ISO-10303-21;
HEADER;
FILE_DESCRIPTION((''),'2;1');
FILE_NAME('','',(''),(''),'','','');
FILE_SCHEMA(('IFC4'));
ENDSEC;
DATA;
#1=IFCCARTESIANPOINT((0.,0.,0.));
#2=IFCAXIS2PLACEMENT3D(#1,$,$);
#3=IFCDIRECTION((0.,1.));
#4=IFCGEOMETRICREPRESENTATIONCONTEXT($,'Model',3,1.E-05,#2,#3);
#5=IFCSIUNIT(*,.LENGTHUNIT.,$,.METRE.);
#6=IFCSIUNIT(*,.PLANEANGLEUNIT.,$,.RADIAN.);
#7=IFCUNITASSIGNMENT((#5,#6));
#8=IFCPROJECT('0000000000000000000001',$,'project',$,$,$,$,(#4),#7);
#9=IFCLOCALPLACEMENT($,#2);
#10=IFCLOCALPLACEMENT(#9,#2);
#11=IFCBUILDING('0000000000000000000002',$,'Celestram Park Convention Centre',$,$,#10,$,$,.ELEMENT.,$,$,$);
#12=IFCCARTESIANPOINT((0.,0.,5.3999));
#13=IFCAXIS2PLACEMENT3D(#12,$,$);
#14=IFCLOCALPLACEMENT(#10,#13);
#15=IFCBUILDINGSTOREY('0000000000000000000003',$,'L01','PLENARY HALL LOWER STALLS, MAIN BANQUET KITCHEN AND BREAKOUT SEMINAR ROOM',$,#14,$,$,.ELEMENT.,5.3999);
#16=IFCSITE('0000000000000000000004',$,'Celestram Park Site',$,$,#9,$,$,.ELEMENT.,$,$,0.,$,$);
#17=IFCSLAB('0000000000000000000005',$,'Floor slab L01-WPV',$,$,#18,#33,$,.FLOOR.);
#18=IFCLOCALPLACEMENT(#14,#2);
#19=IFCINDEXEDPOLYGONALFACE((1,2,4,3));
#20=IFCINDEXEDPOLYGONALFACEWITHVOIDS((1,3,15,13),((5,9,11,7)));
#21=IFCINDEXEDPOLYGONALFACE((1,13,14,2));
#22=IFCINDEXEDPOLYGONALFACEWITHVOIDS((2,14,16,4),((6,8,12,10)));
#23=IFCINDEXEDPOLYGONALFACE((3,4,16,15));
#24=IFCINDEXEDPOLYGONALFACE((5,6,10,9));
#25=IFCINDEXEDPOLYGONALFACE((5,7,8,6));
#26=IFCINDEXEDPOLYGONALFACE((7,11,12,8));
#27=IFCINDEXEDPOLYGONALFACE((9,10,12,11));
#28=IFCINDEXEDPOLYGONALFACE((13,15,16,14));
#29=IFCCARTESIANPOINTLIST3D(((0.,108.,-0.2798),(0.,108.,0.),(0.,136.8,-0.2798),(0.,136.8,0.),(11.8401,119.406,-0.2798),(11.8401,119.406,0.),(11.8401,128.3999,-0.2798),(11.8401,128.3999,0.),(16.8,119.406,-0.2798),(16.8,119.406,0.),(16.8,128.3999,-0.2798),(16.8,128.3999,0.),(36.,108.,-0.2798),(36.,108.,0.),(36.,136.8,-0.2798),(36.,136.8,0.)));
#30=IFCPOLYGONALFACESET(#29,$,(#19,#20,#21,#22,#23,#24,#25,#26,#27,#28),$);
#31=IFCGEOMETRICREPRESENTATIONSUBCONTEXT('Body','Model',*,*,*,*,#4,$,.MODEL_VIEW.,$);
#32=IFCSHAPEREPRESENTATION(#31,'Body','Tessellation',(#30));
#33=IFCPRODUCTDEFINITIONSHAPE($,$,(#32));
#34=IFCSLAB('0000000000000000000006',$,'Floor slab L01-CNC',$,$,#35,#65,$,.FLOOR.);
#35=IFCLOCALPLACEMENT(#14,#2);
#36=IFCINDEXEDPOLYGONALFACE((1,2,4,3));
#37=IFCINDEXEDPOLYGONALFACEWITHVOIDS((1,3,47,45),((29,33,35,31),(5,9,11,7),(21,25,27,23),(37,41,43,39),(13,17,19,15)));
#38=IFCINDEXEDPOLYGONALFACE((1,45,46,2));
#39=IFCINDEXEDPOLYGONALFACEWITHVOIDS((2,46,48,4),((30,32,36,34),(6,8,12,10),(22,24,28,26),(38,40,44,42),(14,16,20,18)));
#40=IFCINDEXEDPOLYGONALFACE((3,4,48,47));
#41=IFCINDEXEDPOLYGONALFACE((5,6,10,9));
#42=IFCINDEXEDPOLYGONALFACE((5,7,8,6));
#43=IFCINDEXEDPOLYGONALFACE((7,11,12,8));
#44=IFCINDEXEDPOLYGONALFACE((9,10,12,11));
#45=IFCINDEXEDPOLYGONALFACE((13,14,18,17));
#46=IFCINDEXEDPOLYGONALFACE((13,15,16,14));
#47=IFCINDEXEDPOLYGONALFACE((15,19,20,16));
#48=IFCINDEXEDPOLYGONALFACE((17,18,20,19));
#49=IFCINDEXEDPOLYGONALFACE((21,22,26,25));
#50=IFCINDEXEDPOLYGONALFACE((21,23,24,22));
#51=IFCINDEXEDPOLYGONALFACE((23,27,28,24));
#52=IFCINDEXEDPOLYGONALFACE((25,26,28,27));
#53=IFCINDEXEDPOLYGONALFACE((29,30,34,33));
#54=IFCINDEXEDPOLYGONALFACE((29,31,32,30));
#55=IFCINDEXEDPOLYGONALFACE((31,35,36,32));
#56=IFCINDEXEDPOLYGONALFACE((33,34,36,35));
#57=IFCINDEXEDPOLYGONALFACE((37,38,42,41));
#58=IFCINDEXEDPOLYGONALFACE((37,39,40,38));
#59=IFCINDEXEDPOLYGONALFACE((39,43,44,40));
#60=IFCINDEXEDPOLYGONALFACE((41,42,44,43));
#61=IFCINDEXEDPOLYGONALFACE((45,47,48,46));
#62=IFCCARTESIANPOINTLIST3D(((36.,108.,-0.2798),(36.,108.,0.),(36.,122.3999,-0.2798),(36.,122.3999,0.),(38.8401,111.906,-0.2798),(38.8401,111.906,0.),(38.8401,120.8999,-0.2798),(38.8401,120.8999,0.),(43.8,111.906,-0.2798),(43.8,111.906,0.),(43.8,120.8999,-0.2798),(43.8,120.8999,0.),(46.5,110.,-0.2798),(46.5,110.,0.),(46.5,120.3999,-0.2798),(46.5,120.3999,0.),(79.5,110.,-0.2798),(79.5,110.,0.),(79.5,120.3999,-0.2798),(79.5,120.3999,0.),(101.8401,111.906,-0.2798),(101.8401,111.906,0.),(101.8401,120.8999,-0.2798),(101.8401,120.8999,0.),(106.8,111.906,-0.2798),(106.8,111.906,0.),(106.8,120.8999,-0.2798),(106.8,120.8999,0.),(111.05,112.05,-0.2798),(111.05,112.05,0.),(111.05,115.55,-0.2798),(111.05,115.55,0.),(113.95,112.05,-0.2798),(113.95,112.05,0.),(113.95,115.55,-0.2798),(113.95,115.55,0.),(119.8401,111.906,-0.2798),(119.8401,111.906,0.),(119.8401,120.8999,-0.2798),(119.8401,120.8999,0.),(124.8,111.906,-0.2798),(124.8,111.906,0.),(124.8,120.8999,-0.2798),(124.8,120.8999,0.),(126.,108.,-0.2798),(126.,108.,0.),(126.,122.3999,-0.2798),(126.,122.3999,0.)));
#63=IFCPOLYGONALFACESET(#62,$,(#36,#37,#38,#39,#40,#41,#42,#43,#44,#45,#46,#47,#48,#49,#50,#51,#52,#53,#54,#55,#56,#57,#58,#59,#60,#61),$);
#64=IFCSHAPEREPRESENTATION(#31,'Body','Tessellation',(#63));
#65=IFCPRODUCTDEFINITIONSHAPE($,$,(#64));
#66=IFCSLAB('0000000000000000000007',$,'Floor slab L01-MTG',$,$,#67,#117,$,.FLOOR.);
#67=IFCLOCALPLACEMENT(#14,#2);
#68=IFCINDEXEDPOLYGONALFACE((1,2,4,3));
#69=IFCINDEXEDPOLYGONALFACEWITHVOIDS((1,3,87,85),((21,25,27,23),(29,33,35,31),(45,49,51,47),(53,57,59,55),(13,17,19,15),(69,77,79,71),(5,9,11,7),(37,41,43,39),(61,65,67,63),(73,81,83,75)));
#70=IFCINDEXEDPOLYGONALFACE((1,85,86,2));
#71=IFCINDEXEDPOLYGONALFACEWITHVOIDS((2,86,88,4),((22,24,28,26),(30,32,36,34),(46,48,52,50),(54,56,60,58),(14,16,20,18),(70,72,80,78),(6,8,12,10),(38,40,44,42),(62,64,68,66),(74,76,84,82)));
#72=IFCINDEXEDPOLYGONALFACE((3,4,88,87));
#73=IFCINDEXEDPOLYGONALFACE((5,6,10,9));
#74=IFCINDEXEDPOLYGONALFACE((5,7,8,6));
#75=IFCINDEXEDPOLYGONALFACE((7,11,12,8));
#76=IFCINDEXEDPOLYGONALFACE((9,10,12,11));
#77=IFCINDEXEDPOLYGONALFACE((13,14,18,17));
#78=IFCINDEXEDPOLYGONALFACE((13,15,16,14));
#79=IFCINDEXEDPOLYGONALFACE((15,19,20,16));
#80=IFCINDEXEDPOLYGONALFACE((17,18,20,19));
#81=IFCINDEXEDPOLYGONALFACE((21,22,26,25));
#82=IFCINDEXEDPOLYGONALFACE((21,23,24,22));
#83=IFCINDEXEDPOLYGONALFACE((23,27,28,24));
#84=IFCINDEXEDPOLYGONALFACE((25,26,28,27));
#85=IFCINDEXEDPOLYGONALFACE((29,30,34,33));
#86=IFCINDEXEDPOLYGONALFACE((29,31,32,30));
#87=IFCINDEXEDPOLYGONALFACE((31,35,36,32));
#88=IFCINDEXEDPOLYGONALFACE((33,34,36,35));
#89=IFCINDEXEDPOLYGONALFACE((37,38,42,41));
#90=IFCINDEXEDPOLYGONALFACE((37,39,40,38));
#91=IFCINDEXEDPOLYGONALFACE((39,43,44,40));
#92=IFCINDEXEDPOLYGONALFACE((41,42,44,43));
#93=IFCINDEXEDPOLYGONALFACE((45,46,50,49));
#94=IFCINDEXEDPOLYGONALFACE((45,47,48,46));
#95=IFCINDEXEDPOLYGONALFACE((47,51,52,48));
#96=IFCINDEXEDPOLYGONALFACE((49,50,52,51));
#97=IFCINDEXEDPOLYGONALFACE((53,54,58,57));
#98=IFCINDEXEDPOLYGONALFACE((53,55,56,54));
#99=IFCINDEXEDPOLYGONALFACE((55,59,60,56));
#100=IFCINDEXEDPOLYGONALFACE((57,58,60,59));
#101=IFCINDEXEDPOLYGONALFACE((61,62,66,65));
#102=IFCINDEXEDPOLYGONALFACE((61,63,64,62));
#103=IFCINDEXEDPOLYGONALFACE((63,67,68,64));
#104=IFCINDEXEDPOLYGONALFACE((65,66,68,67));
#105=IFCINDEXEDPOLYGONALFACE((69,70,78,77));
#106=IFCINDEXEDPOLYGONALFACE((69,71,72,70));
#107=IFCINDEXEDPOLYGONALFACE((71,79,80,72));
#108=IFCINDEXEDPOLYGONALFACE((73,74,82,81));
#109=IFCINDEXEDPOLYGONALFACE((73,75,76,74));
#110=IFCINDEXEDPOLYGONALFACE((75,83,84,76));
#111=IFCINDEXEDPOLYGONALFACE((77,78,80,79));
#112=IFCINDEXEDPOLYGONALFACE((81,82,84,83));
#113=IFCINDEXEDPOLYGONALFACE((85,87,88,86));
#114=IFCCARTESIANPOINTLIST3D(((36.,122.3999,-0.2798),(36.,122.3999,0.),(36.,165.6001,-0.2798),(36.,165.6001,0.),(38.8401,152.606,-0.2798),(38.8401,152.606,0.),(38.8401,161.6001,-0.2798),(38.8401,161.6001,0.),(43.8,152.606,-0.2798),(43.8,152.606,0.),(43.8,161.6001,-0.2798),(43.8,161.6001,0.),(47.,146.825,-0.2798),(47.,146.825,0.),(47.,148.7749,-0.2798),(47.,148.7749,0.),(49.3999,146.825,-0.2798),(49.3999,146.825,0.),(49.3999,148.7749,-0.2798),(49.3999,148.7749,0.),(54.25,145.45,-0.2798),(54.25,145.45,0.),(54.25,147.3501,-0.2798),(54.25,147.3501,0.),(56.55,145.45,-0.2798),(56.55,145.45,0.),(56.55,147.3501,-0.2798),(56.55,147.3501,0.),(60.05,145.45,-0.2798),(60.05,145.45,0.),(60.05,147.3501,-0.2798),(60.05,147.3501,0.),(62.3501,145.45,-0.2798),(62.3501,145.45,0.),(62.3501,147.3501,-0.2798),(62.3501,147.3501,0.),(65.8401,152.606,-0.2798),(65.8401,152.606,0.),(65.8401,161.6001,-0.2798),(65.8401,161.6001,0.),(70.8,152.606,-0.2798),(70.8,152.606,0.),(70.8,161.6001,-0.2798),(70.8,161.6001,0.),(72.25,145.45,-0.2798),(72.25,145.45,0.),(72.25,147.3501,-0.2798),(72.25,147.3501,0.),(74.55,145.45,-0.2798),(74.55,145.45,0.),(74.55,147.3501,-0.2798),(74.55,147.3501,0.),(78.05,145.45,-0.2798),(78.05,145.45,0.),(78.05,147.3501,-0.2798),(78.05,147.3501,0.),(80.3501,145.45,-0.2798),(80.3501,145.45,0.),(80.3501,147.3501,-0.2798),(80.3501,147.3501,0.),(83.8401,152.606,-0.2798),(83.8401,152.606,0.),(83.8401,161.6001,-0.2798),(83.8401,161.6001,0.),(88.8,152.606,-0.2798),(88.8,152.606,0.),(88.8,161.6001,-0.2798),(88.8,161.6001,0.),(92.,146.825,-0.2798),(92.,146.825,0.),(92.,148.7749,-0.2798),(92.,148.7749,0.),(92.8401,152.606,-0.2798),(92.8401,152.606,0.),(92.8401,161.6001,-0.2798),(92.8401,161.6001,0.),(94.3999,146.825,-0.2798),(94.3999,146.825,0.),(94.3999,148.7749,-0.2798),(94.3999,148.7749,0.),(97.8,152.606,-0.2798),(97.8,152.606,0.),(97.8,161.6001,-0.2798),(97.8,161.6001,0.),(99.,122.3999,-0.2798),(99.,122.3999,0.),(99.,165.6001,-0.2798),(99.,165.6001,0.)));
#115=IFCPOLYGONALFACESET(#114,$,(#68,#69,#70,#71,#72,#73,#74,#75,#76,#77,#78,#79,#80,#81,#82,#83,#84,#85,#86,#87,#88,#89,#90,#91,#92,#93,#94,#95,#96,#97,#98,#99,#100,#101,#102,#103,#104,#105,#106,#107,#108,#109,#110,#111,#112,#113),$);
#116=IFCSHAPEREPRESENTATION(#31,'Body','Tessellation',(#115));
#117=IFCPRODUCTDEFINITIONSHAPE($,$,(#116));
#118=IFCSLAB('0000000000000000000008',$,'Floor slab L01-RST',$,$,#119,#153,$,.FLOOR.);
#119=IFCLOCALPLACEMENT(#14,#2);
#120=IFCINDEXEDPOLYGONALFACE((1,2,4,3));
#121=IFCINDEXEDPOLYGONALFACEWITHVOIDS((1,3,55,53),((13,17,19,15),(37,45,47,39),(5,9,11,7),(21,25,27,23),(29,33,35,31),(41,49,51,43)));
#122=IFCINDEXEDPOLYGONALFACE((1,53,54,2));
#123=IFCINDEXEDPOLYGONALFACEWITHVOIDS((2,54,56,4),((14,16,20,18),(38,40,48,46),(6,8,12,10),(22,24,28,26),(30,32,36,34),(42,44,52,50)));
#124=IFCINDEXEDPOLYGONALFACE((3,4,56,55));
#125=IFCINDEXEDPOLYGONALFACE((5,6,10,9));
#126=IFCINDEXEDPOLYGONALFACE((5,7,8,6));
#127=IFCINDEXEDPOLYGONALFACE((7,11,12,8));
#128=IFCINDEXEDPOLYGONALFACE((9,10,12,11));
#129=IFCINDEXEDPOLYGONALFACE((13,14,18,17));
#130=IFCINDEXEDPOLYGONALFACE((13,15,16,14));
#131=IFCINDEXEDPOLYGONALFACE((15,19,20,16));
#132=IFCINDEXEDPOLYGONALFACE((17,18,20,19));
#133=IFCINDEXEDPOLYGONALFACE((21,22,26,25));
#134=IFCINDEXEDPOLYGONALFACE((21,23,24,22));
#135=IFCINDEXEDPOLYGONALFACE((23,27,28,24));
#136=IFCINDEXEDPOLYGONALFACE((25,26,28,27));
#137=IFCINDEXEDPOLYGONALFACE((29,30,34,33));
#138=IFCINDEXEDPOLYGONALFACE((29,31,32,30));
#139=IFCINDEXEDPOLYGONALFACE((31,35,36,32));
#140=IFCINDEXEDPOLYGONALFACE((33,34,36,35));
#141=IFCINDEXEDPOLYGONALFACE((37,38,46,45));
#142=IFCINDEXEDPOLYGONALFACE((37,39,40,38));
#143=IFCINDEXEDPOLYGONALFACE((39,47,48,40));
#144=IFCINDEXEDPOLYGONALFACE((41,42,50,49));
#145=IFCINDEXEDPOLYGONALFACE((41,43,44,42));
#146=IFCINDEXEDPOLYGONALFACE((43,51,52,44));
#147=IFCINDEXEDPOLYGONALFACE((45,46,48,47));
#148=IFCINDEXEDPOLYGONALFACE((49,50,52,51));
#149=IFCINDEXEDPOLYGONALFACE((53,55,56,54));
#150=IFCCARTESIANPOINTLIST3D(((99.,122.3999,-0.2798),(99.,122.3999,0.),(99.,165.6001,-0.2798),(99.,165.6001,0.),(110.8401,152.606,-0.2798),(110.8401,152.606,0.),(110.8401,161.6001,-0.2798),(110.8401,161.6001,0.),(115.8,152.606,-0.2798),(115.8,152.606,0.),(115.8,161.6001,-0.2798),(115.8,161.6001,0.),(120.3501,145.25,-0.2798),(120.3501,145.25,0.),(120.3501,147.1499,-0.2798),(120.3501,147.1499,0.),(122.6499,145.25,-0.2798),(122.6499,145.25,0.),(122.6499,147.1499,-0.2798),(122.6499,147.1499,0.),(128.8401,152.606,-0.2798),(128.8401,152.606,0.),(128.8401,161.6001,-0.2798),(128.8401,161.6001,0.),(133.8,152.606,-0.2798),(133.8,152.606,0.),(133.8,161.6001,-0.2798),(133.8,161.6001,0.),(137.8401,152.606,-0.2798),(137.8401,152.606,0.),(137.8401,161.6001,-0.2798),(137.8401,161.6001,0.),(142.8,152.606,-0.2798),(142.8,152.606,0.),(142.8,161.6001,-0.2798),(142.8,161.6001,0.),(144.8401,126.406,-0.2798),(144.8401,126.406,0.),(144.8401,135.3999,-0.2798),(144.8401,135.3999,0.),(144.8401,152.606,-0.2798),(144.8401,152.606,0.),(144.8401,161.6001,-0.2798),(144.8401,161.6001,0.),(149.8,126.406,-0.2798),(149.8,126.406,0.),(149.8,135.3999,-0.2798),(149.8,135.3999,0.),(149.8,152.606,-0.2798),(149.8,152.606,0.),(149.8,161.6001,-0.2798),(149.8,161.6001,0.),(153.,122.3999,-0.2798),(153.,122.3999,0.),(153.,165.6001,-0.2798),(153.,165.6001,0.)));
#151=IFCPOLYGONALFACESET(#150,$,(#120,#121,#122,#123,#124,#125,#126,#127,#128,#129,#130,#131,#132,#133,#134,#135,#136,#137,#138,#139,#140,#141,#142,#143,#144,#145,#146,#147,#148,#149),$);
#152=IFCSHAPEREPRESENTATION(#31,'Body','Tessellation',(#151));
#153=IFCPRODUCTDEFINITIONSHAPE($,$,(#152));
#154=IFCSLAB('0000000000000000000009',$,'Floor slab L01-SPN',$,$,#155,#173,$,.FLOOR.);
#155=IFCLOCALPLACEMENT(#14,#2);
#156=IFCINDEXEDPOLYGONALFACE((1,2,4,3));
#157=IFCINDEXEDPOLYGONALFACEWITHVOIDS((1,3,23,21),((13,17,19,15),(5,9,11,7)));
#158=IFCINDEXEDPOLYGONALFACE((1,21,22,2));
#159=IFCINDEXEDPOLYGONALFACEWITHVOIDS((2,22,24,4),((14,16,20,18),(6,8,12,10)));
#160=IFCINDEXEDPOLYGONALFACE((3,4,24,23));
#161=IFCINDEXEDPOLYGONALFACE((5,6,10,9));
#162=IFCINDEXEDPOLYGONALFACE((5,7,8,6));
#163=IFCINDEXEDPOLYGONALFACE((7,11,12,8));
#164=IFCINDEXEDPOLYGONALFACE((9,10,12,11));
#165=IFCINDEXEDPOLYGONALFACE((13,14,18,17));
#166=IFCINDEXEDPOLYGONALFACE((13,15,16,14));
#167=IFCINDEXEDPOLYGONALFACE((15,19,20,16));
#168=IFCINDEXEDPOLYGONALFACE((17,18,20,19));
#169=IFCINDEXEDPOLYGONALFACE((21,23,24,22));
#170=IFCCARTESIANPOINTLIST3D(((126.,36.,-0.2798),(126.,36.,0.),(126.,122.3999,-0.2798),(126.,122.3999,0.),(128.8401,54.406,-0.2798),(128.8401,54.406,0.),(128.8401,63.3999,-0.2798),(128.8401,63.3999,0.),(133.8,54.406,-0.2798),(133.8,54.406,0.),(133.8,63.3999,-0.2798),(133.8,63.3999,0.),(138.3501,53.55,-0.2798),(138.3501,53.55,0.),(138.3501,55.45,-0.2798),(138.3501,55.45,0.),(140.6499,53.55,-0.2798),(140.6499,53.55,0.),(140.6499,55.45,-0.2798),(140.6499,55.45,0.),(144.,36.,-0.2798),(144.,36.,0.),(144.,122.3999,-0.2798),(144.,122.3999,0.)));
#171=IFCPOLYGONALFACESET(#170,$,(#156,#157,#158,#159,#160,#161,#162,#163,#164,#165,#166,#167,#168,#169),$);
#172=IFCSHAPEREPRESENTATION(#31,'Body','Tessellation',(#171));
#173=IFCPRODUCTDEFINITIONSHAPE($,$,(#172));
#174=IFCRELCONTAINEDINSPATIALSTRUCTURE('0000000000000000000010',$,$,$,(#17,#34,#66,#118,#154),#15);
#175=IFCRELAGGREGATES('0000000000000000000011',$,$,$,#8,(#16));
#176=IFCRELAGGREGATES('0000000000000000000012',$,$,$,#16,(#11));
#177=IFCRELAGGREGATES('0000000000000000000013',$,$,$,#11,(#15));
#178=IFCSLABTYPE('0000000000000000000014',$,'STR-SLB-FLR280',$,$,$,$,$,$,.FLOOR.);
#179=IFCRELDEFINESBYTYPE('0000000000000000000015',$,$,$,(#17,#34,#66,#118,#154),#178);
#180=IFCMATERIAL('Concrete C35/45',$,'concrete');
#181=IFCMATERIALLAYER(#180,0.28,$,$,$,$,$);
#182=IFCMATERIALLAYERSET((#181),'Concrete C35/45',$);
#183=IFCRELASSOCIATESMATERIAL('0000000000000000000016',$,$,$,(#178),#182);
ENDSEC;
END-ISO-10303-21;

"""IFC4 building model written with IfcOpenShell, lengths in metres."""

from ifc_helpers import new_model, si_unit, direction, frame, origin, place, context, subcontext, project, spatial, polyline, outline, extrude, material, layer, layer_set, type_object, element, save


model = new_model("IFC4")

# Units and contexts
model_context = context("Model", 3, precision=1e-05, world=origin(), true_north=direction((0.0, 1.0)))
body_context = subcontext(model_context, "Body", "Model", "MODEL_VIEW")
ifc_project = project(units=[si_unit("LENGTHUNIT", "METRE"), si_unit("PLANEANGLEUNIT", "RADIAN")], contexts=[model_context])

# Site, building, storey
site_placement = place(None, origin())
site = spatial("IfcSite", under=ifc_project, at=site_placement, Name="Celestram Park Site", CompositionType="ELEMENT", RefElevation=0.0)
building_placement = place(site_placement, origin())
building = spatial("IfcBuilding", under=site, at=building_placement, Name="Celestram Park Convention Centre", CompositionType="ELEMENT")
storey_placement = place(building_placement, frame((0.0, 0.0, 5.3999)))
storey = spatial("IfcBuildingStorey", under=building, at=storey_placement, Name="L01", Description="PLENARY HALL LOWER STALLS, MAIN BANQUET KITCHEN AND BREAKOUT SEMINAR ROOM", CompositionType="ELEMENT", Elevation=5.3999)

# Slabs
ifc_material_1 = material(Name="Concrete C35/45", Category="concrete")
ifc_layer_1 = layer(ifc_material_1, 0.28)
ifc_layer_set_1 = layer_set([ifc_layer_1], Name="Concrete C35/45")
slab_type_1 = type_object("IfcSlabType", Name="STR-SLB-FLR280", PredefinedType="FLOOR", material=ifc_layer_set_1)
slab_1_placement = place(storey_placement, frame((0.0, 0.0, -0.2798)))
element("IfcSlab", 1, at=slab_1_placement, inside=storey, type_object=slab_type_1, Name="Floor slab L01-WPV", PredefinedType="FLOOR", context=body_context, shape_type="SweptSolid", body=[
    extrude(outline(polyline([(0.0, 108.0), (0.0, 136.8), (36.0, 136.8), (36.0, 108.0), (0.0, 108.0)]), holes=[polyline([(16.8, 119.406), (16.8, 128.3999), (11.8401, 128.3999), (11.8401, 119.406), (16.8, 119.406)])]), origin(), (0.0, 0.0, 1.0), 0.2798),
])
slab_2_placement = place(storey_placement, frame((0.0, 0.0, -0.2798)))
element("IfcSlab", 2, at=slab_2_placement, inside=storey, type_object=slab_type_1, Name="Floor slab L01-CNC", PredefinedType="FLOOR", context=body_context, shape_type="SweptSolid", body=[
    extrude(outline(polyline([(36.0, 108.0), (36.0, 122.3999), (126.0, 122.3999), (126.0, 108.0), (36.0, 108.0)]), holes=[polyline([(113.95, 112.05), (113.95, 115.55), (111.05, 115.55), (111.05, 112.05), (113.95, 112.05)]), polyline([(79.5, 110.0), (79.5, 120.3999), (46.5, 120.3999), (46.5, 110.0), (79.5, 110.0)]), polyline([(43.8, 111.906), (43.8, 120.8999), (38.8401, 120.8999), (38.8401, 111.906), (43.8, 111.906)]), polyline([(106.8, 111.906), (106.8, 120.8999), (101.8401, 120.8999), (101.8401, 111.906), (106.8, 111.906)]), polyline([(124.8, 111.906), (124.8, 120.8999), (119.8401, 120.8999), (119.8401, 111.906), (124.8, 111.906)])]), origin(), (0.0, 0.0, 1.0), 0.2798),
])
slab_3_placement = place(storey_placement, frame((0.0, 0.0, -0.2798)))
element("IfcSlab", 3, at=slab_3_placement, inside=storey, type_object=slab_type_1, Name="Floor slab L01-MTG", PredefinedType="FLOOR", context=body_context, shape_type="SweptSolid", body=[
    extrude(outline(polyline([(36.0, 122.3999), (36.0, 165.6001), (99.0, 165.6001), (99.0, 122.3999), (36.0, 122.3999)]), holes=[polyline([(54.25, 145.45), (56.55, 145.45), (56.55, 147.3501), (54.25, 147.3501), (54.25, 145.45)]), polyline([(60.05, 145.45), (62.3501, 145.45), (62.3501, 147.3501), (60.05, 147.3501), (60.05, 145.45)]), polyline([(72.25, 145.45), (74.55, 145.45), (74.55, 147.3501), (72.25, 147.3501), (72.25, 145.45)]), polyline([(78.05, 145.45), (80.3501, 145.45), (80.3501, 147.3501), (78.05, 147.3501), (78.05, 145.45)]), polyline([(47.0, 146.825), (49.3999, 146.825), (49.3999, 148.7749), (47.0, 148.7749), (47.0, 146.825)]), polyline([(92.0, 146.825), (94.3999, 146.825), (94.3999, 148.7749), (92.0, 148.7749), (92.0, 146.825)]), polyline([(43.8, 152.606), (43.8, 161.6001), (38.8401, 161.6001), (38.8401, 152.606), (43.8, 152.606)]), polyline([(70.8, 152.606), (70.8, 161.6001), (65.8401, 161.6001), (65.8401, 152.606), (70.8, 152.606)]), polyline([(88.8, 152.606), (88.8, 161.6001), (83.8401, 161.6001), (83.8401, 152.606), (88.8, 152.606)]), polyline([(97.8, 152.606), (97.8, 161.6001), (92.8401, 161.6001), (92.8401, 152.606), (97.8, 152.606)])]), origin(), (0.0, 0.0, 1.0), 0.2798),
])
slab_4_placement = place(storey_placement, frame((0.0, 0.0, -0.2798)))
element("IfcSlab", 4, at=slab_4_placement, inside=storey, type_object=slab_type_1, Name="Floor slab L01-RST", PredefinedType="FLOOR", context=body_context, shape_type="SweptSolid", body=[
    extrude(outline(polyline([(99.0, 122.3999), (99.0, 165.6001), (153.0, 165.6001), (153.0, 122.3999), (99.0, 122.3999)]), holes=[polyline([(115.8, 152.606), (115.8, 161.6001), (110.8401, 161.6001), (110.8401, 152.606), (115.8, 152.606)]), polyline([(149.8, 126.406), (149.8, 135.3999), (144.8401, 135.3999), (144.8401, 126.406), (149.8, 126.406)]), polyline([(120.3501, 145.25), (122.6499, 145.25), (122.6499, 147.1499), (120.3501, 147.1499), (120.3501, 145.25)]), polyline([(133.8, 152.606), (133.8, 161.6001), (128.8401, 161.6001), (128.8401, 152.606), (133.8, 152.606)]), polyline([(142.8, 152.606), (142.8, 161.6001), (137.8401, 161.6001), (137.8401, 152.606), (142.8, 152.606)]), polyline([(149.8, 152.606), (149.8, 161.6001), (144.8401, 161.6001), (144.8401, 152.606), (149.8, 152.606)])]), origin(), (0.0, 0.0, 1.0), 0.2798),
])
slab_5_placement = place(storey_placement, frame((0.0, 0.0, -0.2798)))
element("IfcSlab", 5, at=slab_5_placement, inside=storey, type_object=slab_type_1, Name="Floor slab L01-SPN", PredefinedType="FLOOR", context=body_context, shape_type="SweptSolid", body=[
    extrude(outline(polyline([(126.0, 36.0), (126.0, 122.3999), (144.0, 122.3999), (144.0, 36.0), (126.0, 36.0)]), holes=[polyline([(138.3501, 53.55), (140.6499, 53.55), (140.6499, 55.45), (138.3501, 55.45), (138.3501, 53.55)]), polyline([(133.8, 54.406), (133.8, 63.3999), (128.8401, 63.3999), (128.8401, 54.406), (133.8, 54.406)])]), origin(), (0.0, 0.0, 1.0), 0.2798),
])

save(model, "model.ifc")
